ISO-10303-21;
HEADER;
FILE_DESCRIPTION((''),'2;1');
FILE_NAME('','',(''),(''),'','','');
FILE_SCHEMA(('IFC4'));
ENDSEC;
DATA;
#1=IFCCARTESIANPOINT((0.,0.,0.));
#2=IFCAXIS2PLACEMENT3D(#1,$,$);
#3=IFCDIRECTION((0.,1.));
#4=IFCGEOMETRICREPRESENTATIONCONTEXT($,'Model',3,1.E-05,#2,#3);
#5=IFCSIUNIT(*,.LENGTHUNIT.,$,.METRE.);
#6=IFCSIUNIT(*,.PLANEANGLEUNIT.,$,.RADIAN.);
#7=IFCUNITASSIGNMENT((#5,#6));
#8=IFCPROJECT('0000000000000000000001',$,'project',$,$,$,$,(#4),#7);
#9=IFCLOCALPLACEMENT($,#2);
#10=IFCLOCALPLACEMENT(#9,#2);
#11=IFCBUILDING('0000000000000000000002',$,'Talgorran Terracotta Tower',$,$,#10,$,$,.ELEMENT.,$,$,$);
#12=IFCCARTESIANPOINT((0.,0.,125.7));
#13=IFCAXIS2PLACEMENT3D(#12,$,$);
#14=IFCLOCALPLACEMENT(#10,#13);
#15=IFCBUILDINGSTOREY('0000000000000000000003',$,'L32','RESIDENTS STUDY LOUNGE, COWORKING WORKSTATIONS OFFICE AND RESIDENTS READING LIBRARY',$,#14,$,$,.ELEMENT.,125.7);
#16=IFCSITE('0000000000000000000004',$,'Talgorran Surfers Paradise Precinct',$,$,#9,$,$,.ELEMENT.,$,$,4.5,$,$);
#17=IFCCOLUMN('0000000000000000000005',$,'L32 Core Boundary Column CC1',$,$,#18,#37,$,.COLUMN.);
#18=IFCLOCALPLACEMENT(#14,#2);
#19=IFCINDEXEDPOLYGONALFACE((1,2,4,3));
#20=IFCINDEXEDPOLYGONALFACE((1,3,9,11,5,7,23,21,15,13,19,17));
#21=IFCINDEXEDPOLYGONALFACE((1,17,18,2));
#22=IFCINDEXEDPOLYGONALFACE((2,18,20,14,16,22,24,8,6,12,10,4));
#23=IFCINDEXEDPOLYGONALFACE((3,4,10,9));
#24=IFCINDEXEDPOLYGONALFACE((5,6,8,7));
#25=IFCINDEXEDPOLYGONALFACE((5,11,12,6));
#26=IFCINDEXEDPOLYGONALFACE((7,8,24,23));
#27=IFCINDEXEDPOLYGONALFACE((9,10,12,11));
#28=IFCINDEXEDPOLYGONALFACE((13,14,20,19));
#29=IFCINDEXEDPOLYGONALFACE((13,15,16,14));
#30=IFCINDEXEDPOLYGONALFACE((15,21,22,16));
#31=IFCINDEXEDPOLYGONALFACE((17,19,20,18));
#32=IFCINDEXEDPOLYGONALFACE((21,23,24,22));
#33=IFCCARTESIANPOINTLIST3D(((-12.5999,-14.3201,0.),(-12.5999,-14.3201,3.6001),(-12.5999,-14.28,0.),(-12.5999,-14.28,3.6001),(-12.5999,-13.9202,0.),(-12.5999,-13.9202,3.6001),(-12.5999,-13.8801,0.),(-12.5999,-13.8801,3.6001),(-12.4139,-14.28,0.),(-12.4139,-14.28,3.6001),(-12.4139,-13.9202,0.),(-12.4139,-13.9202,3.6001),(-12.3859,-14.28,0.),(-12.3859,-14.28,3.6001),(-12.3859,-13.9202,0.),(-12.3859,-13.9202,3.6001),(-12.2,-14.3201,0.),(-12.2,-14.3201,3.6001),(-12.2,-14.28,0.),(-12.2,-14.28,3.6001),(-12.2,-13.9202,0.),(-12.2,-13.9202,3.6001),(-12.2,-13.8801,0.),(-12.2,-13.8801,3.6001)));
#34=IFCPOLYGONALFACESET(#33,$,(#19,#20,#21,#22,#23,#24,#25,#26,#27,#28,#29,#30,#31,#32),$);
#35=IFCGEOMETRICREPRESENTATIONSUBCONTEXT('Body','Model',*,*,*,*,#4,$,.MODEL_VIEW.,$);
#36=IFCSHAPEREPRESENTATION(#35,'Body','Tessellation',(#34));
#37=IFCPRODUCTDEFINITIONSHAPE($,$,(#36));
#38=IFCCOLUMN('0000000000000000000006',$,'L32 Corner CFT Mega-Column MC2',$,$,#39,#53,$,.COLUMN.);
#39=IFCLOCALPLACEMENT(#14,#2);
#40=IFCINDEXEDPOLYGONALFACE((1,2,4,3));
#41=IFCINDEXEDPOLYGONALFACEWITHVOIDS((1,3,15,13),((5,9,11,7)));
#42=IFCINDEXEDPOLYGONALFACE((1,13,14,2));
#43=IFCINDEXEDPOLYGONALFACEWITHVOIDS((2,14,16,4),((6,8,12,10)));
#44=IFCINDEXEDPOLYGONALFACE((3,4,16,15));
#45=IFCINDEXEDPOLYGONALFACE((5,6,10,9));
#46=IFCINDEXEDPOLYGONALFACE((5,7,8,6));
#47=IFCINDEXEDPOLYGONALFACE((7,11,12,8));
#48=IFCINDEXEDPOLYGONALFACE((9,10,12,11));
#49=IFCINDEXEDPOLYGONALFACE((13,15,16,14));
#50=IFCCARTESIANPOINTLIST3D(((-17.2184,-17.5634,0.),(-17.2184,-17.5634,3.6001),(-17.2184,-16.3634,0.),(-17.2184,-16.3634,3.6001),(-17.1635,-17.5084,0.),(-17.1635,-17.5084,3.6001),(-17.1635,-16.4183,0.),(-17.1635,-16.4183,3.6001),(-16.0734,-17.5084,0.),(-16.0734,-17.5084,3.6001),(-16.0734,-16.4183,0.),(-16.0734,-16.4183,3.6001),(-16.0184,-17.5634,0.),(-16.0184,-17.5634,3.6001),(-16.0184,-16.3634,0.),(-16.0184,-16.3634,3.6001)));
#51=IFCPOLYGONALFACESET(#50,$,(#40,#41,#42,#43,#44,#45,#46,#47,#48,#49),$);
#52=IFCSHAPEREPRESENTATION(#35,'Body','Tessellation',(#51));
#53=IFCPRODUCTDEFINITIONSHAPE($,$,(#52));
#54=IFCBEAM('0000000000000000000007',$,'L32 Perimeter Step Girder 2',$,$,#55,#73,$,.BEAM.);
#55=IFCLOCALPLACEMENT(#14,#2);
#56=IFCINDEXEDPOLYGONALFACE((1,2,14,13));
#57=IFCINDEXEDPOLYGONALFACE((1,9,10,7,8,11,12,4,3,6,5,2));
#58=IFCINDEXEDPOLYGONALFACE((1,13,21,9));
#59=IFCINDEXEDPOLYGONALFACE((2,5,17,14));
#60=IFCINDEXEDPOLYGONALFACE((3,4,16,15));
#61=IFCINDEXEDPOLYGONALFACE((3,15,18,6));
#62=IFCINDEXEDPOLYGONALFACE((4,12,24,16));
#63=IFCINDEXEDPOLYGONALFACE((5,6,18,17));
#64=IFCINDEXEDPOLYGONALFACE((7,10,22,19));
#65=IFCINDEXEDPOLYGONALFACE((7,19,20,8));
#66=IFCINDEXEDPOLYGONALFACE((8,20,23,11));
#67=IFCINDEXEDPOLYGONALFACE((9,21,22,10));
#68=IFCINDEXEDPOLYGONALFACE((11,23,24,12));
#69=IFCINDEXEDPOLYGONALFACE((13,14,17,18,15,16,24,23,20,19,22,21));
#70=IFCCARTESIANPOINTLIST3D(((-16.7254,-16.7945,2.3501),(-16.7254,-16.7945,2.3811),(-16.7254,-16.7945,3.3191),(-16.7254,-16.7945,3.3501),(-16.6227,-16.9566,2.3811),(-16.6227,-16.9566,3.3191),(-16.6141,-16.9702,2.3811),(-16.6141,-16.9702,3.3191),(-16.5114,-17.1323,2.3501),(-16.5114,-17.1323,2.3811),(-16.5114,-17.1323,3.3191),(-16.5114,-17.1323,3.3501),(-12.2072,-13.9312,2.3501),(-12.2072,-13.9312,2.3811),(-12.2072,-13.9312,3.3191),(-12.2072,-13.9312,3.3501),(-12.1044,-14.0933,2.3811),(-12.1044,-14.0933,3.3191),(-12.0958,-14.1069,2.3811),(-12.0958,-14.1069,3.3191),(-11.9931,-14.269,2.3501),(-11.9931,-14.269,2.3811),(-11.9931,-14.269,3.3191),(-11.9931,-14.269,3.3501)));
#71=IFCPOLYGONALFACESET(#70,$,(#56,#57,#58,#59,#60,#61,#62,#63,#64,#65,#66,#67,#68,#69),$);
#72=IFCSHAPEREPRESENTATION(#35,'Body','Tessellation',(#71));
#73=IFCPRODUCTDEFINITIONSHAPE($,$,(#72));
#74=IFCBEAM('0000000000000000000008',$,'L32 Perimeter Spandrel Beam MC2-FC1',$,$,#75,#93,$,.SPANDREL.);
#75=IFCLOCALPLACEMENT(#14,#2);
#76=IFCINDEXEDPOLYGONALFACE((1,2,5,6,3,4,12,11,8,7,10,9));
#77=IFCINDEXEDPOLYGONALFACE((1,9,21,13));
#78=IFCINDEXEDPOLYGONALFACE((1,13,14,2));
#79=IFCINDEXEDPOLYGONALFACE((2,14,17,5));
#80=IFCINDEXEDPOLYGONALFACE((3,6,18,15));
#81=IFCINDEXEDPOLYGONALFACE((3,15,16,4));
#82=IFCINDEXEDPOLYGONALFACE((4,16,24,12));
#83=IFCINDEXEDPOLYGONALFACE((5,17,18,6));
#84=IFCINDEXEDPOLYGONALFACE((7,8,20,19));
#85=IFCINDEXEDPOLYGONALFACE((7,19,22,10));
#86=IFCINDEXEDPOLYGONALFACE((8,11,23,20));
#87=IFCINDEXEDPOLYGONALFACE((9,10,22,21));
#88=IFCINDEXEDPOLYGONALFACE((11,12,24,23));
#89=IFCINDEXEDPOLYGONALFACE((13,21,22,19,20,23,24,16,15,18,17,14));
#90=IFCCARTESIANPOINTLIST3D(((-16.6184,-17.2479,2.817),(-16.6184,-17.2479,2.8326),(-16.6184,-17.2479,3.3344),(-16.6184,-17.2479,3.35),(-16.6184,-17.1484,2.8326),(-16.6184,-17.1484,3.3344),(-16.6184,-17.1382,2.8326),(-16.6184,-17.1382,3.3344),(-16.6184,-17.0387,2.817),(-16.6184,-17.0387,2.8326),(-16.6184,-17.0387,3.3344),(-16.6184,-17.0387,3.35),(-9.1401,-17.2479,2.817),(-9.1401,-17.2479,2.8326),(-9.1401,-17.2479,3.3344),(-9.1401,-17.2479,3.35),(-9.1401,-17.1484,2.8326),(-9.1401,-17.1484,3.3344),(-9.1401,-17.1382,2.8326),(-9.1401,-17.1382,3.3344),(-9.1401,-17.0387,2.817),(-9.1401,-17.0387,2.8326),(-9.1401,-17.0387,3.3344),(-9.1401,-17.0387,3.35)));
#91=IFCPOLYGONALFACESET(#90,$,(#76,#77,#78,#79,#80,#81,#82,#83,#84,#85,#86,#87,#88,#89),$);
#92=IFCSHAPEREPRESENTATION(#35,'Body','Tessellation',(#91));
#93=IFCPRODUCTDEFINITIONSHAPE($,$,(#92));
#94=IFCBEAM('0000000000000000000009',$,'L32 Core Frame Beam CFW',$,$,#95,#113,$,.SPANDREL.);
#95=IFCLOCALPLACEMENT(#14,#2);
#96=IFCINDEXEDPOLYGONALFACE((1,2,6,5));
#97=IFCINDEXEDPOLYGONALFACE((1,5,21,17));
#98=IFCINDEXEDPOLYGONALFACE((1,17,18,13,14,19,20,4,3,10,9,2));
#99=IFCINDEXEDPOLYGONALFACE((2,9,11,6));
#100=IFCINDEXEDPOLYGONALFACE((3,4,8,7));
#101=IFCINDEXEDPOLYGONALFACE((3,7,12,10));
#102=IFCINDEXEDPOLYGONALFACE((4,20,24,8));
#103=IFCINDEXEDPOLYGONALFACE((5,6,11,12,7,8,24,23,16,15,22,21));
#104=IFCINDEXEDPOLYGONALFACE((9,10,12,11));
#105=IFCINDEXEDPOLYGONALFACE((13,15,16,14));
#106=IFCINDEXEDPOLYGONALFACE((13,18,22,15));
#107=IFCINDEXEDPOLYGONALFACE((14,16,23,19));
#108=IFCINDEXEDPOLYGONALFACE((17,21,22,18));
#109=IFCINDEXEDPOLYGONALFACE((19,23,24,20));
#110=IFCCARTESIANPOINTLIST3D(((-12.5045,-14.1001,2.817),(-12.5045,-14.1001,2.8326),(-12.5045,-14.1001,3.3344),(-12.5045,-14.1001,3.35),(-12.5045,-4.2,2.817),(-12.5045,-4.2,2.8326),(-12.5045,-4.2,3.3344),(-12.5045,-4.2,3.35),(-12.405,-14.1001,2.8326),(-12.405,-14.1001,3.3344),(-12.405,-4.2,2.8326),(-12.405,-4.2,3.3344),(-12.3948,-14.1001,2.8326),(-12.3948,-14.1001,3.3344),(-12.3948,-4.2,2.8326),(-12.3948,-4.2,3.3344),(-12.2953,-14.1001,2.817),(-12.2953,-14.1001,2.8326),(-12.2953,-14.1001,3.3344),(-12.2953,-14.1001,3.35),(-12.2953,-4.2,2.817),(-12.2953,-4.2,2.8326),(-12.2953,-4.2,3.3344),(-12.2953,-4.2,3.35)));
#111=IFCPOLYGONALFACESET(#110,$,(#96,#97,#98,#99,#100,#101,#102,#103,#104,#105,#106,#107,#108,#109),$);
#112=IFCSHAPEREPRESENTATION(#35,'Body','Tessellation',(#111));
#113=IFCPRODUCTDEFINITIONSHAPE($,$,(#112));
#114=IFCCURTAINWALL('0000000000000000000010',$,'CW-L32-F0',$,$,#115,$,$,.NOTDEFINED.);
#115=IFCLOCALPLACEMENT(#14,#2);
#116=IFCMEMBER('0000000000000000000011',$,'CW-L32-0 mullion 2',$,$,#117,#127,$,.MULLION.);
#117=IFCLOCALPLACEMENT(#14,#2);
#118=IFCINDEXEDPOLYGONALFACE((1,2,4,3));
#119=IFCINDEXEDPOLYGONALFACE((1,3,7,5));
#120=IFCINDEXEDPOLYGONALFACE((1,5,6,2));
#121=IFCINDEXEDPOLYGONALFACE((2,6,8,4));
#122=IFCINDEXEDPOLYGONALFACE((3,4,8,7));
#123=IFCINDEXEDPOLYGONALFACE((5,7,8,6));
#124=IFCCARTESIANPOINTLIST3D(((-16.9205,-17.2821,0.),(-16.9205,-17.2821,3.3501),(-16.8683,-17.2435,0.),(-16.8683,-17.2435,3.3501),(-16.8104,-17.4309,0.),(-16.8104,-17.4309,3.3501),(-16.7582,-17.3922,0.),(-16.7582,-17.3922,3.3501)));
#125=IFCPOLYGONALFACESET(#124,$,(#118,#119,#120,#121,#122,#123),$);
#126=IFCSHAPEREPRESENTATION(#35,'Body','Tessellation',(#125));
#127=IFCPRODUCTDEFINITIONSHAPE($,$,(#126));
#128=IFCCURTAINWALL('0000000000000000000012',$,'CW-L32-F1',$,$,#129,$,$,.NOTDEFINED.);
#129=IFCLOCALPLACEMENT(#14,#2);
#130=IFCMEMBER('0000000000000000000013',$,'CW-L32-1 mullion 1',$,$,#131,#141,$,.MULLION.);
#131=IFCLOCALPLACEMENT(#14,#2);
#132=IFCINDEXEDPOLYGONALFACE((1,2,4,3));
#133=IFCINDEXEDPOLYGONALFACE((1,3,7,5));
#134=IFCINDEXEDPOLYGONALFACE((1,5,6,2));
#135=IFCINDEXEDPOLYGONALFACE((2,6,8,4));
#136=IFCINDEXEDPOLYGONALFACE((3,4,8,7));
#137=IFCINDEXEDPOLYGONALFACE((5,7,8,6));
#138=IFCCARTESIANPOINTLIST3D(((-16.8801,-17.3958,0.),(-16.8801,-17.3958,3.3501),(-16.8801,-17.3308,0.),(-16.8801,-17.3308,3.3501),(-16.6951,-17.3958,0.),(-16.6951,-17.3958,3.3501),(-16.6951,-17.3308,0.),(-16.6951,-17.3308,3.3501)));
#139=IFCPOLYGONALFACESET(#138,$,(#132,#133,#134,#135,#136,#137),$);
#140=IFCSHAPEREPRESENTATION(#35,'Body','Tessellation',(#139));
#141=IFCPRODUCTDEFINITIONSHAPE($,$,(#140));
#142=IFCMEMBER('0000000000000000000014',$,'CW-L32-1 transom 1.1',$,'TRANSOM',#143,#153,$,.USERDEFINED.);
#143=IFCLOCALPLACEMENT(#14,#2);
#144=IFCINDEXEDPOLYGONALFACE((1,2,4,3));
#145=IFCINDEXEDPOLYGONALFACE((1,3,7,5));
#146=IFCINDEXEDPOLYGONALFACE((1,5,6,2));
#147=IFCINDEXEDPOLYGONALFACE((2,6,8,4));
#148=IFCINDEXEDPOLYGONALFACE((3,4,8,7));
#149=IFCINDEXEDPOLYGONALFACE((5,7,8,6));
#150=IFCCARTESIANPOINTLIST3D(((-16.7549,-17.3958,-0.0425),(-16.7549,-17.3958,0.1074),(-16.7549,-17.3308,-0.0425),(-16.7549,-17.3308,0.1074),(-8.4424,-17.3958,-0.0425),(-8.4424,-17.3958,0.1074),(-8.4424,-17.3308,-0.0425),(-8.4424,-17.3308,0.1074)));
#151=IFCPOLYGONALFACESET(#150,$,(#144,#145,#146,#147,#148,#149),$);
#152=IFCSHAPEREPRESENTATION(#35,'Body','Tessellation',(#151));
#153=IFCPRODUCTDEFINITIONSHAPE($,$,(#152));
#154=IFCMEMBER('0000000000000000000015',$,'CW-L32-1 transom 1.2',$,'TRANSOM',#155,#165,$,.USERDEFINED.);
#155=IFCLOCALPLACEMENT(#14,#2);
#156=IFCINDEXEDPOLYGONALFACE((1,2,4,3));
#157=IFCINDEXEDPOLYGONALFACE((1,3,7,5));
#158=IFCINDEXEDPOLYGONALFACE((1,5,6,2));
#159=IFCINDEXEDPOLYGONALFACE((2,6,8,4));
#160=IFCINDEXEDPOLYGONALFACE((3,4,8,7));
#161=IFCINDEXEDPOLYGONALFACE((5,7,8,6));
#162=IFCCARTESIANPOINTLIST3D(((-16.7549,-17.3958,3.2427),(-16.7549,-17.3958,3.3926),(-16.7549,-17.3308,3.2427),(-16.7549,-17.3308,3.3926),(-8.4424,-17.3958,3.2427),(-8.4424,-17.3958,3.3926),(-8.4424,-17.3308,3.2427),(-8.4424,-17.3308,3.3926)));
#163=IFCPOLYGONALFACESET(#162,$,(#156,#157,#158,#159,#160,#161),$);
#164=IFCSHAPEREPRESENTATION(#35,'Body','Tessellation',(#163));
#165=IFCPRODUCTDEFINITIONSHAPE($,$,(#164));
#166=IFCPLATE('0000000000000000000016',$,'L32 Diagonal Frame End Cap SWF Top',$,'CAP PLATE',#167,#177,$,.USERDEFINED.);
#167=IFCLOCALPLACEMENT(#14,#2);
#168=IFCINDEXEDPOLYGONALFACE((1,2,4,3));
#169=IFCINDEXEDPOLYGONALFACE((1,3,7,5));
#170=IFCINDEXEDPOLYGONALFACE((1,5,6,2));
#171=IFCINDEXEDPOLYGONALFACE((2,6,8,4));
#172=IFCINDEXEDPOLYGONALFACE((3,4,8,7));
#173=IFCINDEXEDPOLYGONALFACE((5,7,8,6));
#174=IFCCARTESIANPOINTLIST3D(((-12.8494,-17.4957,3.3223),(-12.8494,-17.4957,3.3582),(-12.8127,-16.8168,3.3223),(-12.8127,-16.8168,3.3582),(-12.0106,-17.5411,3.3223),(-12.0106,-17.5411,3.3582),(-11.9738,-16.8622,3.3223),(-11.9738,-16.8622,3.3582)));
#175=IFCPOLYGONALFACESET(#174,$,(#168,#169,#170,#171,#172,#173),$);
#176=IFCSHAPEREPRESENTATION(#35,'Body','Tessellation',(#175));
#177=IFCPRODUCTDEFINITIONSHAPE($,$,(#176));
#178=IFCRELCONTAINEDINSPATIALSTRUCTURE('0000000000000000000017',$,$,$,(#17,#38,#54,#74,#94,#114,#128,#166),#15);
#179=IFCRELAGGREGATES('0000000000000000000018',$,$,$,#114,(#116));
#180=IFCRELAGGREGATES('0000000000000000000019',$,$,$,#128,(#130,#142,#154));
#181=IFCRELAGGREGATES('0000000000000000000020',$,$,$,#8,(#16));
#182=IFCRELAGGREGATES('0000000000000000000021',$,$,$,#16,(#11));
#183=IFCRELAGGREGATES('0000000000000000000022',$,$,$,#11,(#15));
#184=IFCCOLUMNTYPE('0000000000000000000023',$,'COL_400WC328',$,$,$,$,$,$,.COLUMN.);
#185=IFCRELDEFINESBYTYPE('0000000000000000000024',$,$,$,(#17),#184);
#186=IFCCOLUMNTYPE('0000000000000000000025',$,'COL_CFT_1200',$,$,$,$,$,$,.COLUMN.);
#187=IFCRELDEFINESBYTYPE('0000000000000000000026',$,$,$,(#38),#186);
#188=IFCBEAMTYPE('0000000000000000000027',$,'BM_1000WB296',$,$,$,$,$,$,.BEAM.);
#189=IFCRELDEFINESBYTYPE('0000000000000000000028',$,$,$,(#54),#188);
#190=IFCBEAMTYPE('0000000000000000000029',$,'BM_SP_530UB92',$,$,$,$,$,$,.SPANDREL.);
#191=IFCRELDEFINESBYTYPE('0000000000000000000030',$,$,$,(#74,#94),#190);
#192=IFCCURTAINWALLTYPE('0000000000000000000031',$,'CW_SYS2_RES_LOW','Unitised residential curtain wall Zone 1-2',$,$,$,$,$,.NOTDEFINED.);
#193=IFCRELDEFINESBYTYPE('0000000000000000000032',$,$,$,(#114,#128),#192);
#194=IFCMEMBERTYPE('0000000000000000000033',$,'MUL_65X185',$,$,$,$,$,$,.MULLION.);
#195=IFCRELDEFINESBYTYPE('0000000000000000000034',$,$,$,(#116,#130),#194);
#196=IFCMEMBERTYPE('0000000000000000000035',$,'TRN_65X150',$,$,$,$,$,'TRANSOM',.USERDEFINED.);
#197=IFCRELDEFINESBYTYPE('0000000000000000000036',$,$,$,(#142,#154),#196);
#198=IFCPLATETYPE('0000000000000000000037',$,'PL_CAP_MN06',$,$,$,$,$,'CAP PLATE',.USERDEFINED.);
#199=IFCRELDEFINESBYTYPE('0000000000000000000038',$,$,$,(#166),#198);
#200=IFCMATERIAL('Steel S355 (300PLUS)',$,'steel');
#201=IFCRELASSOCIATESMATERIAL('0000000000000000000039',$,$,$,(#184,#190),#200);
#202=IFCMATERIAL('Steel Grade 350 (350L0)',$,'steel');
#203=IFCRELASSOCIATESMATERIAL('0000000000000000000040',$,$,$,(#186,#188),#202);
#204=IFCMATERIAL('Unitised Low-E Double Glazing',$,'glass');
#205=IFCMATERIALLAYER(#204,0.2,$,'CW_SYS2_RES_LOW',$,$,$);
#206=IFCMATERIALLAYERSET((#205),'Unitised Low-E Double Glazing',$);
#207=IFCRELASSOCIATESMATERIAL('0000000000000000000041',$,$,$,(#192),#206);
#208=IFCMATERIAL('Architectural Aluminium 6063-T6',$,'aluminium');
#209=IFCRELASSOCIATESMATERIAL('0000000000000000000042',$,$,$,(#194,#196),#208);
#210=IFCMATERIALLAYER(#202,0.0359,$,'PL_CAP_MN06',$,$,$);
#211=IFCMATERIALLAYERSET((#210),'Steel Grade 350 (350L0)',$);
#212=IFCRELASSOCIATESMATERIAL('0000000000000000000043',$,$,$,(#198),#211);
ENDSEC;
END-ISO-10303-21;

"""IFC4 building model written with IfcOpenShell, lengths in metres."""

from ifc_helpers import new_model, si_unit, direction, frame, origin, origin_2d, place, context, subcontext, project, spatial, rectangle, hollow_rectangle, i_section, extrude, material, layer, layer_set, material_profile, profile_set, type_object, element, aggregate, save


model = new_model("IFC4")

# Units and contexts
model_context = context("Model", 3, precision=1e-05, world=origin(), true_north=direction((0.0, 1.0)))
body_context = subcontext(model_context, "Body", "Model", "MODEL_VIEW")
ifc_project = project(units=[si_unit("LENGTHUNIT", "METRE"), si_unit("PLANEANGLEUNIT", "RADIAN")], contexts=[model_context])

# Site, building, storey
site_placement = place(None, origin())
site = spatial("IfcSite", under=ifc_project, at=site_placement, Name="Talgorran Surfers Paradise Precinct", CompositionType="ELEMENT", RefElevation=4.5)
building_placement = place(site_placement, origin())
building = spatial("IfcBuilding", under=site, at=building_placement, Name="Talgorran Terracotta Tower", CompositionType="ELEMENT")
storey_placement = place(building_placement, frame((0.0, 0.0, 125.7)))
storey = spatial("IfcBuildingStorey", under=building, at=storey_placement, Name="L32", Description="RESIDENTS STUDY LOUNGE, COWORKING WORKSTATIONS OFFICE AND RESIDENTS READING LIBRARY", CompositionType="ELEMENT", Elevation=125.7)

# Columns
ifc_material_1 = material(Name="Steel S355 (300PLUS)", Category="steel")
ifc_material_profile_1 = material_profile(ifc_material_1, i_section(OverallWidth=0.3999, OverallDepth=0.4399, WebThickness=0.0281, FlangeThickness=0.04, at=origin_2d()), Name="400WC328")
ifc_profile_set_1 = profile_set([ifc_material_profile_1], Name="Steel S355 (300PLUS)")
column_type_1 = type_object("IfcColumnType", Name="COL_400WC328", PredefinedType="COLUMN", material=ifc_profile_set_1)
column_1_placement = place(storey_placement, frame((-12.3999, -14.1001, 0.0), z_axis=(0.0, 0.0, 1.0), x_axis=(1.0, 0.0, 0.0)))
element("IfcColumn", 1, at=column_1_placement, inside=storey, type_object=column_type_1, Name="L32 Core Boundary Column CC1", PredefinedType="COLUMN", context=body_context, shape_type="SweptSolid", body=[
    extrude(i_section(OverallWidth=0.3999, OverallDepth=0.4399, WebThickness=0.0281, FlangeThickness=0.04, at=origin_2d()), origin(), (0.0, 0.0, 1.0), 3.6001),
])
ifc_material_2 = material(Name="Steel Grade 350 (350L0)", Category="steel")
ifc_material_profile_2 = material_profile(ifc_material_2, hollow_rectangle(XDim=1.2, YDim=1.2, WallThickness=0.0549, at=origin_2d()), Name="CFT1200X1200X55")
ifc_profile_set_2 = profile_set([ifc_material_profile_2], Name="Steel Grade 350 (350L0)")
column_type_2 = type_object("IfcColumnType", Name="COL_CFT_1200", PredefinedType="COLUMN", material=ifc_profile_set_2)
column_2_placement = place(storey_placement, frame((-16.6184, -16.9634, 0.0), z_axis=(0.0, 0.0, 1.0), x_axis=(1.0, 0.0, 0.0)))
element("IfcColumn", 2, at=column_2_placement, inside=storey, type_object=column_type_2, Name="L32 Corner CFT Mega-Column MC2", PredefinedType="COLUMN", context=body_context, shape_type="SweptSolid", body=[
    extrude(hollow_rectangle(XDim=1.2, YDim=1.2, WallThickness=0.0549, at=origin_2d()), origin(), (0.0, 0.0, 1.0), 3.6001),
])

# Beams
ifc_material_profile_3 = material_profile(ifc_material_2, i_section(OverallWidth=0.3999, OverallDepth=1.0, WebThickness=0.0161, FlangeThickness=0.031, at=origin_2d()), Name="1000WB296")
ifc_profile_set_3 = profile_set([ifc_material_profile_3], Name="Steel Grade 350 (350L0)")
beam_type_1 = type_object("IfcBeamType", Name="BM_1000WB296", PredefinedType="BEAM", material=ifc_profile_set_3)
beam_1_placement = place(storey_placement, frame((-16.6184, -16.9634, 2.8501), z_axis=(0.844677, 0.535277, 0.0), x_axis=(-0.535277, 0.844677, 0.0)))
element("IfcBeam", 3, at=beam_1_placement, inside=storey, type_object=beam_type_1, Name="L32 Perimeter Step Girder 2", PredefinedType="BEAM", context=body_context, shape_type="SweptSolid", body=[
    extrude(i_section(OverallWidth=0.3999, OverallDepth=1.0, WebThickness=0.0161, FlangeThickness=0.031, at=origin_2d()), origin(), (0.0, 0.0, 1.0), 5.3491),
])
ifc_material_profile_4 = material_profile(ifc_material_1, i_section(OverallWidth=0.2092, OverallDepth=0.533, WebThickness=0.0103, FlangeThickness=0.0156, at=origin_2d()), Name="530UB92.4")
ifc_profile_set_4 = profile_set([ifc_material_profile_4], Name="Steel S355 (300PLUS)")
beam_type_2 = type_object("IfcBeamType", Name="BM_SP_530UB92", PredefinedType="SPANDREL", material=ifc_profile_set_4)
beam_2_placement = place(storey_placement, frame((-16.6184, -17.1433, 3.0835), z_axis=(1.0, 0.0, 0.0), x_axis=(0.0, 1.0, 0.0)))
element("IfcBeam", 4, at=beam_2_placement, inside=storey, type_object=beam_type_2, Name="L32 Perimeter Spandrel Beam MC2-FC1", PredefinedType="SPANDREL", context=body_context, shape_type="SweptSolid", body=[
    extrude(i_section(OverallWidth=0.2092, OverallDepth=0.533, WebThickness=0.0103, FlangeThickness=0.0156, at=origin_2d()), origin(), (0.0, 0.0, 1.0), 7.4783),
])
beam_3_placement = place(storey_placement, frame((-12.3999, -14.1001, 3.0835), z_axis=(0.0, 1.0, 0.0), x_axis=(-1.0, 0.0, 0.0)))
element("IfcBeam", 5, at=beam_3_placement, inside=storey, type_object=beam_type_2, Name="L32 Core Frame Beam CFW", PredefinedType="SPANDREL", context=body_context, shape_type="SweptSolid", body=[
    extrude(i_section(OverallWidth=0.2092, OverallDepth=0.533, WebThickness=0.0103, FlangeThickness=0.0156, at=origin_2d()), origin(), (0.0, 0.0, 1.0), 9.9001),
])

# Curtain wall, member
ifc_material_3 = material(Name="Unitised Low-E Double Glazing", Category="glass")
ifc_layer_1 = layer(ifc_material_3, 0.2, Name="CW_SYS2_RES_LOW")
ifc_layer_set_1 = layer_set([ifc_layer_1], Name="Unitised Low-E Double Glazing")
curtain_wall_type = type_object("IfcCurtainWallType", Name="CW_SYS2_RES_LOW", Description="Unitised residential curtain wall Zone 1-2", PredefinedType="NOTDEFINED", material=ifc_layer_set_1)
curtain_wall_1_placement = place(storey_placement, origin())
curtain_wall_1 = element("IfcCurtainWall", 6, at=curtain_wall_1_placement, inside=storey, type_object=curtain_wall_type, Name="CW-L32-F0", PredefinedType="NOTDEFINED")
ifc_material_4 = material(Name="Architectural Aluminium 6063-T6", Category="aluminium")
ifc_material_profile_5 = material_profile(ifc_material_4, rectangle(XDim=0.0649, YDim=0.1851, at=origin_2d()), Name="CWM65X185")
ifc_profile_set_5 = profile_set([ifc_material_profile_5], Name="Architectural Aluminium 6063-T6")
member_type_1 = type_object("IfcMemberType", Name="MUL_65X185", PredefinedType="MULLION", material=ifc_profile_set_5)
member_1_placement = place(storey_placement, frame((-16.8394, -17.3372, 0.0), z_axis=(0.0, 0.0, 1.0), x_axis=(0.803993, 0.594638, 0.0)))
member_1 = element("IfcMember", 7, at=member_1_placement, type_object=member_type_1, Name="CW-L32-0 mullion 2", PredefinedType="MULLION", context=body_context, shape_type="SweptSolid", body=[
    extrude(rectangle(XDim=0.0649, YDim=0.1851, at=origin_2d()), origin(), (0.0, 0.0, 1.0), 3.3501),
])

# Curtain wall, members
curtain_wall_2_placement = place(storey_placement, origin())
curtain_wall_2 = element("IfcCurtainWall", 8, at=curtain_wall_2_placement, inside=storey, type_object=curtain_wall_type, Name="CW-L32-F1", PredefinedType="NOTDEFINED")
member_2_placement = place(storey_placement, frame((-16.7876, -17.3633, 0.0), z_axis=(0.0, 0.0, 1.0), x_axis=(0.0, 1.0, 0.0)))
member_2 = element("IfcMember", 9, at=member_2_placement, type_object=member_type_1, Name="CW-L32-1 mullion 1", PredefinedType="MULLION", context=body_context, shape_type="SweptSolid", body=[
    extrude(rectangle(XDim=0.0649, YDim=0.1851, at=origin_2d()), origin(), (0.0, 0.0, 1.0), 3.3501),
])
ifc_material_profile_6 = material_profile(ifc_material_4, rectangle(XDim=0.0649, YDim=0.1499, at=origin_2d()), Name="CWT65X150")
ifc_profile_set_6 = profile_set([ifc_material_profile_6], Name="Architectural Aluminium 6063-T6")
member_type_2 = type_object("IfcMemberType", Name="TRN_65X150", ElementType="TRANSOM", PredefinedType="USERDEFINED", material=ifc_profile_set_6)
member_3_placement = place(storey_placement, frame((-16.7549, -17.3633, 0.0325), z_axis=(1.0, 0.0, 0.0), x_axis=(0.0, 1.0, 0.0)))
member_3 = element("IfcMember", 10, at=member_3_placement, type_object=member_type_2, Name="CW-L32-1 transom 1.1", ObjectType="TRANSOM", PredefinedType="USERDEFINED", context=body_context, shape_type="SweptSolid", body=[
    extrude(rectangle(XDim=0.0649, YDim=0.1499, at=origin_2d()), origin(), (0.0, 0.0, 1.0), 8.3125),
])
member_4_placement = place(storey_placement, frame((-16.7549, -17.3633, 3.3176), z_axis=(1.0, 0.0, 0.0), x_axis=(0.0, 1.0, 0.0)))
member_4 = element("IfcMember", 11, at=member_4_placement, type_object=member_type_2, Name="CW-L32-1 transom 1.2", ObjectType="TRANSOM", PredefinedType="USERDEFINED", context=body_context, shape_type="SweptSolid", body=[
    extrude(rectangle(XDim=0.0649, YDim=0.1499, at=origin_2d()), origin(), (0.0, 0.0, 1.0), 8.3125),
])

# Plate
ifc_layer_2 = layer(ifc_material_2, 0.0359, Name="PL_CAP_MN06")
ifc_layer_set_2 = layer_set([ifc_layer_2], Name="Steel Grade 350 (350L0)")
plate_type_1 = type_object("IfcPlateType", Name="PL_CAP_MN06", ElementType="CAP PLATE", PredefinedType="USERDEFINED", material=ifc_layer_set_2)
plate_1_placement = place(storey_placement, frame((-12.4116, -17.179, 3.3223), z_axis=(0.0, 0.0, 1.0), x_axis=(-0.998537, 0.054079, 0.0)))
element("IfcPlate", 12, at=plate_1_placement, inside=storey, type_object=plate_type_1, Name="L32 Diagonal Frame End Cap SWF Top", ObjectType="CAP PLATE", PredefinedType="USERDEFINED", context=body_context, shape_type="SweptSolid", body=[
    extrude(rectangle(XDim=0.8401, YDim=0.6799, at=origin_2d()), origin(), (0.0, 0.0, 1.0), 0.0359),
])

aggregate(curtain_wall_1, [member_1])
aggregate(curtain_wall_2, [member_2, member_3, member_4])

save(model, "model.ifc")
